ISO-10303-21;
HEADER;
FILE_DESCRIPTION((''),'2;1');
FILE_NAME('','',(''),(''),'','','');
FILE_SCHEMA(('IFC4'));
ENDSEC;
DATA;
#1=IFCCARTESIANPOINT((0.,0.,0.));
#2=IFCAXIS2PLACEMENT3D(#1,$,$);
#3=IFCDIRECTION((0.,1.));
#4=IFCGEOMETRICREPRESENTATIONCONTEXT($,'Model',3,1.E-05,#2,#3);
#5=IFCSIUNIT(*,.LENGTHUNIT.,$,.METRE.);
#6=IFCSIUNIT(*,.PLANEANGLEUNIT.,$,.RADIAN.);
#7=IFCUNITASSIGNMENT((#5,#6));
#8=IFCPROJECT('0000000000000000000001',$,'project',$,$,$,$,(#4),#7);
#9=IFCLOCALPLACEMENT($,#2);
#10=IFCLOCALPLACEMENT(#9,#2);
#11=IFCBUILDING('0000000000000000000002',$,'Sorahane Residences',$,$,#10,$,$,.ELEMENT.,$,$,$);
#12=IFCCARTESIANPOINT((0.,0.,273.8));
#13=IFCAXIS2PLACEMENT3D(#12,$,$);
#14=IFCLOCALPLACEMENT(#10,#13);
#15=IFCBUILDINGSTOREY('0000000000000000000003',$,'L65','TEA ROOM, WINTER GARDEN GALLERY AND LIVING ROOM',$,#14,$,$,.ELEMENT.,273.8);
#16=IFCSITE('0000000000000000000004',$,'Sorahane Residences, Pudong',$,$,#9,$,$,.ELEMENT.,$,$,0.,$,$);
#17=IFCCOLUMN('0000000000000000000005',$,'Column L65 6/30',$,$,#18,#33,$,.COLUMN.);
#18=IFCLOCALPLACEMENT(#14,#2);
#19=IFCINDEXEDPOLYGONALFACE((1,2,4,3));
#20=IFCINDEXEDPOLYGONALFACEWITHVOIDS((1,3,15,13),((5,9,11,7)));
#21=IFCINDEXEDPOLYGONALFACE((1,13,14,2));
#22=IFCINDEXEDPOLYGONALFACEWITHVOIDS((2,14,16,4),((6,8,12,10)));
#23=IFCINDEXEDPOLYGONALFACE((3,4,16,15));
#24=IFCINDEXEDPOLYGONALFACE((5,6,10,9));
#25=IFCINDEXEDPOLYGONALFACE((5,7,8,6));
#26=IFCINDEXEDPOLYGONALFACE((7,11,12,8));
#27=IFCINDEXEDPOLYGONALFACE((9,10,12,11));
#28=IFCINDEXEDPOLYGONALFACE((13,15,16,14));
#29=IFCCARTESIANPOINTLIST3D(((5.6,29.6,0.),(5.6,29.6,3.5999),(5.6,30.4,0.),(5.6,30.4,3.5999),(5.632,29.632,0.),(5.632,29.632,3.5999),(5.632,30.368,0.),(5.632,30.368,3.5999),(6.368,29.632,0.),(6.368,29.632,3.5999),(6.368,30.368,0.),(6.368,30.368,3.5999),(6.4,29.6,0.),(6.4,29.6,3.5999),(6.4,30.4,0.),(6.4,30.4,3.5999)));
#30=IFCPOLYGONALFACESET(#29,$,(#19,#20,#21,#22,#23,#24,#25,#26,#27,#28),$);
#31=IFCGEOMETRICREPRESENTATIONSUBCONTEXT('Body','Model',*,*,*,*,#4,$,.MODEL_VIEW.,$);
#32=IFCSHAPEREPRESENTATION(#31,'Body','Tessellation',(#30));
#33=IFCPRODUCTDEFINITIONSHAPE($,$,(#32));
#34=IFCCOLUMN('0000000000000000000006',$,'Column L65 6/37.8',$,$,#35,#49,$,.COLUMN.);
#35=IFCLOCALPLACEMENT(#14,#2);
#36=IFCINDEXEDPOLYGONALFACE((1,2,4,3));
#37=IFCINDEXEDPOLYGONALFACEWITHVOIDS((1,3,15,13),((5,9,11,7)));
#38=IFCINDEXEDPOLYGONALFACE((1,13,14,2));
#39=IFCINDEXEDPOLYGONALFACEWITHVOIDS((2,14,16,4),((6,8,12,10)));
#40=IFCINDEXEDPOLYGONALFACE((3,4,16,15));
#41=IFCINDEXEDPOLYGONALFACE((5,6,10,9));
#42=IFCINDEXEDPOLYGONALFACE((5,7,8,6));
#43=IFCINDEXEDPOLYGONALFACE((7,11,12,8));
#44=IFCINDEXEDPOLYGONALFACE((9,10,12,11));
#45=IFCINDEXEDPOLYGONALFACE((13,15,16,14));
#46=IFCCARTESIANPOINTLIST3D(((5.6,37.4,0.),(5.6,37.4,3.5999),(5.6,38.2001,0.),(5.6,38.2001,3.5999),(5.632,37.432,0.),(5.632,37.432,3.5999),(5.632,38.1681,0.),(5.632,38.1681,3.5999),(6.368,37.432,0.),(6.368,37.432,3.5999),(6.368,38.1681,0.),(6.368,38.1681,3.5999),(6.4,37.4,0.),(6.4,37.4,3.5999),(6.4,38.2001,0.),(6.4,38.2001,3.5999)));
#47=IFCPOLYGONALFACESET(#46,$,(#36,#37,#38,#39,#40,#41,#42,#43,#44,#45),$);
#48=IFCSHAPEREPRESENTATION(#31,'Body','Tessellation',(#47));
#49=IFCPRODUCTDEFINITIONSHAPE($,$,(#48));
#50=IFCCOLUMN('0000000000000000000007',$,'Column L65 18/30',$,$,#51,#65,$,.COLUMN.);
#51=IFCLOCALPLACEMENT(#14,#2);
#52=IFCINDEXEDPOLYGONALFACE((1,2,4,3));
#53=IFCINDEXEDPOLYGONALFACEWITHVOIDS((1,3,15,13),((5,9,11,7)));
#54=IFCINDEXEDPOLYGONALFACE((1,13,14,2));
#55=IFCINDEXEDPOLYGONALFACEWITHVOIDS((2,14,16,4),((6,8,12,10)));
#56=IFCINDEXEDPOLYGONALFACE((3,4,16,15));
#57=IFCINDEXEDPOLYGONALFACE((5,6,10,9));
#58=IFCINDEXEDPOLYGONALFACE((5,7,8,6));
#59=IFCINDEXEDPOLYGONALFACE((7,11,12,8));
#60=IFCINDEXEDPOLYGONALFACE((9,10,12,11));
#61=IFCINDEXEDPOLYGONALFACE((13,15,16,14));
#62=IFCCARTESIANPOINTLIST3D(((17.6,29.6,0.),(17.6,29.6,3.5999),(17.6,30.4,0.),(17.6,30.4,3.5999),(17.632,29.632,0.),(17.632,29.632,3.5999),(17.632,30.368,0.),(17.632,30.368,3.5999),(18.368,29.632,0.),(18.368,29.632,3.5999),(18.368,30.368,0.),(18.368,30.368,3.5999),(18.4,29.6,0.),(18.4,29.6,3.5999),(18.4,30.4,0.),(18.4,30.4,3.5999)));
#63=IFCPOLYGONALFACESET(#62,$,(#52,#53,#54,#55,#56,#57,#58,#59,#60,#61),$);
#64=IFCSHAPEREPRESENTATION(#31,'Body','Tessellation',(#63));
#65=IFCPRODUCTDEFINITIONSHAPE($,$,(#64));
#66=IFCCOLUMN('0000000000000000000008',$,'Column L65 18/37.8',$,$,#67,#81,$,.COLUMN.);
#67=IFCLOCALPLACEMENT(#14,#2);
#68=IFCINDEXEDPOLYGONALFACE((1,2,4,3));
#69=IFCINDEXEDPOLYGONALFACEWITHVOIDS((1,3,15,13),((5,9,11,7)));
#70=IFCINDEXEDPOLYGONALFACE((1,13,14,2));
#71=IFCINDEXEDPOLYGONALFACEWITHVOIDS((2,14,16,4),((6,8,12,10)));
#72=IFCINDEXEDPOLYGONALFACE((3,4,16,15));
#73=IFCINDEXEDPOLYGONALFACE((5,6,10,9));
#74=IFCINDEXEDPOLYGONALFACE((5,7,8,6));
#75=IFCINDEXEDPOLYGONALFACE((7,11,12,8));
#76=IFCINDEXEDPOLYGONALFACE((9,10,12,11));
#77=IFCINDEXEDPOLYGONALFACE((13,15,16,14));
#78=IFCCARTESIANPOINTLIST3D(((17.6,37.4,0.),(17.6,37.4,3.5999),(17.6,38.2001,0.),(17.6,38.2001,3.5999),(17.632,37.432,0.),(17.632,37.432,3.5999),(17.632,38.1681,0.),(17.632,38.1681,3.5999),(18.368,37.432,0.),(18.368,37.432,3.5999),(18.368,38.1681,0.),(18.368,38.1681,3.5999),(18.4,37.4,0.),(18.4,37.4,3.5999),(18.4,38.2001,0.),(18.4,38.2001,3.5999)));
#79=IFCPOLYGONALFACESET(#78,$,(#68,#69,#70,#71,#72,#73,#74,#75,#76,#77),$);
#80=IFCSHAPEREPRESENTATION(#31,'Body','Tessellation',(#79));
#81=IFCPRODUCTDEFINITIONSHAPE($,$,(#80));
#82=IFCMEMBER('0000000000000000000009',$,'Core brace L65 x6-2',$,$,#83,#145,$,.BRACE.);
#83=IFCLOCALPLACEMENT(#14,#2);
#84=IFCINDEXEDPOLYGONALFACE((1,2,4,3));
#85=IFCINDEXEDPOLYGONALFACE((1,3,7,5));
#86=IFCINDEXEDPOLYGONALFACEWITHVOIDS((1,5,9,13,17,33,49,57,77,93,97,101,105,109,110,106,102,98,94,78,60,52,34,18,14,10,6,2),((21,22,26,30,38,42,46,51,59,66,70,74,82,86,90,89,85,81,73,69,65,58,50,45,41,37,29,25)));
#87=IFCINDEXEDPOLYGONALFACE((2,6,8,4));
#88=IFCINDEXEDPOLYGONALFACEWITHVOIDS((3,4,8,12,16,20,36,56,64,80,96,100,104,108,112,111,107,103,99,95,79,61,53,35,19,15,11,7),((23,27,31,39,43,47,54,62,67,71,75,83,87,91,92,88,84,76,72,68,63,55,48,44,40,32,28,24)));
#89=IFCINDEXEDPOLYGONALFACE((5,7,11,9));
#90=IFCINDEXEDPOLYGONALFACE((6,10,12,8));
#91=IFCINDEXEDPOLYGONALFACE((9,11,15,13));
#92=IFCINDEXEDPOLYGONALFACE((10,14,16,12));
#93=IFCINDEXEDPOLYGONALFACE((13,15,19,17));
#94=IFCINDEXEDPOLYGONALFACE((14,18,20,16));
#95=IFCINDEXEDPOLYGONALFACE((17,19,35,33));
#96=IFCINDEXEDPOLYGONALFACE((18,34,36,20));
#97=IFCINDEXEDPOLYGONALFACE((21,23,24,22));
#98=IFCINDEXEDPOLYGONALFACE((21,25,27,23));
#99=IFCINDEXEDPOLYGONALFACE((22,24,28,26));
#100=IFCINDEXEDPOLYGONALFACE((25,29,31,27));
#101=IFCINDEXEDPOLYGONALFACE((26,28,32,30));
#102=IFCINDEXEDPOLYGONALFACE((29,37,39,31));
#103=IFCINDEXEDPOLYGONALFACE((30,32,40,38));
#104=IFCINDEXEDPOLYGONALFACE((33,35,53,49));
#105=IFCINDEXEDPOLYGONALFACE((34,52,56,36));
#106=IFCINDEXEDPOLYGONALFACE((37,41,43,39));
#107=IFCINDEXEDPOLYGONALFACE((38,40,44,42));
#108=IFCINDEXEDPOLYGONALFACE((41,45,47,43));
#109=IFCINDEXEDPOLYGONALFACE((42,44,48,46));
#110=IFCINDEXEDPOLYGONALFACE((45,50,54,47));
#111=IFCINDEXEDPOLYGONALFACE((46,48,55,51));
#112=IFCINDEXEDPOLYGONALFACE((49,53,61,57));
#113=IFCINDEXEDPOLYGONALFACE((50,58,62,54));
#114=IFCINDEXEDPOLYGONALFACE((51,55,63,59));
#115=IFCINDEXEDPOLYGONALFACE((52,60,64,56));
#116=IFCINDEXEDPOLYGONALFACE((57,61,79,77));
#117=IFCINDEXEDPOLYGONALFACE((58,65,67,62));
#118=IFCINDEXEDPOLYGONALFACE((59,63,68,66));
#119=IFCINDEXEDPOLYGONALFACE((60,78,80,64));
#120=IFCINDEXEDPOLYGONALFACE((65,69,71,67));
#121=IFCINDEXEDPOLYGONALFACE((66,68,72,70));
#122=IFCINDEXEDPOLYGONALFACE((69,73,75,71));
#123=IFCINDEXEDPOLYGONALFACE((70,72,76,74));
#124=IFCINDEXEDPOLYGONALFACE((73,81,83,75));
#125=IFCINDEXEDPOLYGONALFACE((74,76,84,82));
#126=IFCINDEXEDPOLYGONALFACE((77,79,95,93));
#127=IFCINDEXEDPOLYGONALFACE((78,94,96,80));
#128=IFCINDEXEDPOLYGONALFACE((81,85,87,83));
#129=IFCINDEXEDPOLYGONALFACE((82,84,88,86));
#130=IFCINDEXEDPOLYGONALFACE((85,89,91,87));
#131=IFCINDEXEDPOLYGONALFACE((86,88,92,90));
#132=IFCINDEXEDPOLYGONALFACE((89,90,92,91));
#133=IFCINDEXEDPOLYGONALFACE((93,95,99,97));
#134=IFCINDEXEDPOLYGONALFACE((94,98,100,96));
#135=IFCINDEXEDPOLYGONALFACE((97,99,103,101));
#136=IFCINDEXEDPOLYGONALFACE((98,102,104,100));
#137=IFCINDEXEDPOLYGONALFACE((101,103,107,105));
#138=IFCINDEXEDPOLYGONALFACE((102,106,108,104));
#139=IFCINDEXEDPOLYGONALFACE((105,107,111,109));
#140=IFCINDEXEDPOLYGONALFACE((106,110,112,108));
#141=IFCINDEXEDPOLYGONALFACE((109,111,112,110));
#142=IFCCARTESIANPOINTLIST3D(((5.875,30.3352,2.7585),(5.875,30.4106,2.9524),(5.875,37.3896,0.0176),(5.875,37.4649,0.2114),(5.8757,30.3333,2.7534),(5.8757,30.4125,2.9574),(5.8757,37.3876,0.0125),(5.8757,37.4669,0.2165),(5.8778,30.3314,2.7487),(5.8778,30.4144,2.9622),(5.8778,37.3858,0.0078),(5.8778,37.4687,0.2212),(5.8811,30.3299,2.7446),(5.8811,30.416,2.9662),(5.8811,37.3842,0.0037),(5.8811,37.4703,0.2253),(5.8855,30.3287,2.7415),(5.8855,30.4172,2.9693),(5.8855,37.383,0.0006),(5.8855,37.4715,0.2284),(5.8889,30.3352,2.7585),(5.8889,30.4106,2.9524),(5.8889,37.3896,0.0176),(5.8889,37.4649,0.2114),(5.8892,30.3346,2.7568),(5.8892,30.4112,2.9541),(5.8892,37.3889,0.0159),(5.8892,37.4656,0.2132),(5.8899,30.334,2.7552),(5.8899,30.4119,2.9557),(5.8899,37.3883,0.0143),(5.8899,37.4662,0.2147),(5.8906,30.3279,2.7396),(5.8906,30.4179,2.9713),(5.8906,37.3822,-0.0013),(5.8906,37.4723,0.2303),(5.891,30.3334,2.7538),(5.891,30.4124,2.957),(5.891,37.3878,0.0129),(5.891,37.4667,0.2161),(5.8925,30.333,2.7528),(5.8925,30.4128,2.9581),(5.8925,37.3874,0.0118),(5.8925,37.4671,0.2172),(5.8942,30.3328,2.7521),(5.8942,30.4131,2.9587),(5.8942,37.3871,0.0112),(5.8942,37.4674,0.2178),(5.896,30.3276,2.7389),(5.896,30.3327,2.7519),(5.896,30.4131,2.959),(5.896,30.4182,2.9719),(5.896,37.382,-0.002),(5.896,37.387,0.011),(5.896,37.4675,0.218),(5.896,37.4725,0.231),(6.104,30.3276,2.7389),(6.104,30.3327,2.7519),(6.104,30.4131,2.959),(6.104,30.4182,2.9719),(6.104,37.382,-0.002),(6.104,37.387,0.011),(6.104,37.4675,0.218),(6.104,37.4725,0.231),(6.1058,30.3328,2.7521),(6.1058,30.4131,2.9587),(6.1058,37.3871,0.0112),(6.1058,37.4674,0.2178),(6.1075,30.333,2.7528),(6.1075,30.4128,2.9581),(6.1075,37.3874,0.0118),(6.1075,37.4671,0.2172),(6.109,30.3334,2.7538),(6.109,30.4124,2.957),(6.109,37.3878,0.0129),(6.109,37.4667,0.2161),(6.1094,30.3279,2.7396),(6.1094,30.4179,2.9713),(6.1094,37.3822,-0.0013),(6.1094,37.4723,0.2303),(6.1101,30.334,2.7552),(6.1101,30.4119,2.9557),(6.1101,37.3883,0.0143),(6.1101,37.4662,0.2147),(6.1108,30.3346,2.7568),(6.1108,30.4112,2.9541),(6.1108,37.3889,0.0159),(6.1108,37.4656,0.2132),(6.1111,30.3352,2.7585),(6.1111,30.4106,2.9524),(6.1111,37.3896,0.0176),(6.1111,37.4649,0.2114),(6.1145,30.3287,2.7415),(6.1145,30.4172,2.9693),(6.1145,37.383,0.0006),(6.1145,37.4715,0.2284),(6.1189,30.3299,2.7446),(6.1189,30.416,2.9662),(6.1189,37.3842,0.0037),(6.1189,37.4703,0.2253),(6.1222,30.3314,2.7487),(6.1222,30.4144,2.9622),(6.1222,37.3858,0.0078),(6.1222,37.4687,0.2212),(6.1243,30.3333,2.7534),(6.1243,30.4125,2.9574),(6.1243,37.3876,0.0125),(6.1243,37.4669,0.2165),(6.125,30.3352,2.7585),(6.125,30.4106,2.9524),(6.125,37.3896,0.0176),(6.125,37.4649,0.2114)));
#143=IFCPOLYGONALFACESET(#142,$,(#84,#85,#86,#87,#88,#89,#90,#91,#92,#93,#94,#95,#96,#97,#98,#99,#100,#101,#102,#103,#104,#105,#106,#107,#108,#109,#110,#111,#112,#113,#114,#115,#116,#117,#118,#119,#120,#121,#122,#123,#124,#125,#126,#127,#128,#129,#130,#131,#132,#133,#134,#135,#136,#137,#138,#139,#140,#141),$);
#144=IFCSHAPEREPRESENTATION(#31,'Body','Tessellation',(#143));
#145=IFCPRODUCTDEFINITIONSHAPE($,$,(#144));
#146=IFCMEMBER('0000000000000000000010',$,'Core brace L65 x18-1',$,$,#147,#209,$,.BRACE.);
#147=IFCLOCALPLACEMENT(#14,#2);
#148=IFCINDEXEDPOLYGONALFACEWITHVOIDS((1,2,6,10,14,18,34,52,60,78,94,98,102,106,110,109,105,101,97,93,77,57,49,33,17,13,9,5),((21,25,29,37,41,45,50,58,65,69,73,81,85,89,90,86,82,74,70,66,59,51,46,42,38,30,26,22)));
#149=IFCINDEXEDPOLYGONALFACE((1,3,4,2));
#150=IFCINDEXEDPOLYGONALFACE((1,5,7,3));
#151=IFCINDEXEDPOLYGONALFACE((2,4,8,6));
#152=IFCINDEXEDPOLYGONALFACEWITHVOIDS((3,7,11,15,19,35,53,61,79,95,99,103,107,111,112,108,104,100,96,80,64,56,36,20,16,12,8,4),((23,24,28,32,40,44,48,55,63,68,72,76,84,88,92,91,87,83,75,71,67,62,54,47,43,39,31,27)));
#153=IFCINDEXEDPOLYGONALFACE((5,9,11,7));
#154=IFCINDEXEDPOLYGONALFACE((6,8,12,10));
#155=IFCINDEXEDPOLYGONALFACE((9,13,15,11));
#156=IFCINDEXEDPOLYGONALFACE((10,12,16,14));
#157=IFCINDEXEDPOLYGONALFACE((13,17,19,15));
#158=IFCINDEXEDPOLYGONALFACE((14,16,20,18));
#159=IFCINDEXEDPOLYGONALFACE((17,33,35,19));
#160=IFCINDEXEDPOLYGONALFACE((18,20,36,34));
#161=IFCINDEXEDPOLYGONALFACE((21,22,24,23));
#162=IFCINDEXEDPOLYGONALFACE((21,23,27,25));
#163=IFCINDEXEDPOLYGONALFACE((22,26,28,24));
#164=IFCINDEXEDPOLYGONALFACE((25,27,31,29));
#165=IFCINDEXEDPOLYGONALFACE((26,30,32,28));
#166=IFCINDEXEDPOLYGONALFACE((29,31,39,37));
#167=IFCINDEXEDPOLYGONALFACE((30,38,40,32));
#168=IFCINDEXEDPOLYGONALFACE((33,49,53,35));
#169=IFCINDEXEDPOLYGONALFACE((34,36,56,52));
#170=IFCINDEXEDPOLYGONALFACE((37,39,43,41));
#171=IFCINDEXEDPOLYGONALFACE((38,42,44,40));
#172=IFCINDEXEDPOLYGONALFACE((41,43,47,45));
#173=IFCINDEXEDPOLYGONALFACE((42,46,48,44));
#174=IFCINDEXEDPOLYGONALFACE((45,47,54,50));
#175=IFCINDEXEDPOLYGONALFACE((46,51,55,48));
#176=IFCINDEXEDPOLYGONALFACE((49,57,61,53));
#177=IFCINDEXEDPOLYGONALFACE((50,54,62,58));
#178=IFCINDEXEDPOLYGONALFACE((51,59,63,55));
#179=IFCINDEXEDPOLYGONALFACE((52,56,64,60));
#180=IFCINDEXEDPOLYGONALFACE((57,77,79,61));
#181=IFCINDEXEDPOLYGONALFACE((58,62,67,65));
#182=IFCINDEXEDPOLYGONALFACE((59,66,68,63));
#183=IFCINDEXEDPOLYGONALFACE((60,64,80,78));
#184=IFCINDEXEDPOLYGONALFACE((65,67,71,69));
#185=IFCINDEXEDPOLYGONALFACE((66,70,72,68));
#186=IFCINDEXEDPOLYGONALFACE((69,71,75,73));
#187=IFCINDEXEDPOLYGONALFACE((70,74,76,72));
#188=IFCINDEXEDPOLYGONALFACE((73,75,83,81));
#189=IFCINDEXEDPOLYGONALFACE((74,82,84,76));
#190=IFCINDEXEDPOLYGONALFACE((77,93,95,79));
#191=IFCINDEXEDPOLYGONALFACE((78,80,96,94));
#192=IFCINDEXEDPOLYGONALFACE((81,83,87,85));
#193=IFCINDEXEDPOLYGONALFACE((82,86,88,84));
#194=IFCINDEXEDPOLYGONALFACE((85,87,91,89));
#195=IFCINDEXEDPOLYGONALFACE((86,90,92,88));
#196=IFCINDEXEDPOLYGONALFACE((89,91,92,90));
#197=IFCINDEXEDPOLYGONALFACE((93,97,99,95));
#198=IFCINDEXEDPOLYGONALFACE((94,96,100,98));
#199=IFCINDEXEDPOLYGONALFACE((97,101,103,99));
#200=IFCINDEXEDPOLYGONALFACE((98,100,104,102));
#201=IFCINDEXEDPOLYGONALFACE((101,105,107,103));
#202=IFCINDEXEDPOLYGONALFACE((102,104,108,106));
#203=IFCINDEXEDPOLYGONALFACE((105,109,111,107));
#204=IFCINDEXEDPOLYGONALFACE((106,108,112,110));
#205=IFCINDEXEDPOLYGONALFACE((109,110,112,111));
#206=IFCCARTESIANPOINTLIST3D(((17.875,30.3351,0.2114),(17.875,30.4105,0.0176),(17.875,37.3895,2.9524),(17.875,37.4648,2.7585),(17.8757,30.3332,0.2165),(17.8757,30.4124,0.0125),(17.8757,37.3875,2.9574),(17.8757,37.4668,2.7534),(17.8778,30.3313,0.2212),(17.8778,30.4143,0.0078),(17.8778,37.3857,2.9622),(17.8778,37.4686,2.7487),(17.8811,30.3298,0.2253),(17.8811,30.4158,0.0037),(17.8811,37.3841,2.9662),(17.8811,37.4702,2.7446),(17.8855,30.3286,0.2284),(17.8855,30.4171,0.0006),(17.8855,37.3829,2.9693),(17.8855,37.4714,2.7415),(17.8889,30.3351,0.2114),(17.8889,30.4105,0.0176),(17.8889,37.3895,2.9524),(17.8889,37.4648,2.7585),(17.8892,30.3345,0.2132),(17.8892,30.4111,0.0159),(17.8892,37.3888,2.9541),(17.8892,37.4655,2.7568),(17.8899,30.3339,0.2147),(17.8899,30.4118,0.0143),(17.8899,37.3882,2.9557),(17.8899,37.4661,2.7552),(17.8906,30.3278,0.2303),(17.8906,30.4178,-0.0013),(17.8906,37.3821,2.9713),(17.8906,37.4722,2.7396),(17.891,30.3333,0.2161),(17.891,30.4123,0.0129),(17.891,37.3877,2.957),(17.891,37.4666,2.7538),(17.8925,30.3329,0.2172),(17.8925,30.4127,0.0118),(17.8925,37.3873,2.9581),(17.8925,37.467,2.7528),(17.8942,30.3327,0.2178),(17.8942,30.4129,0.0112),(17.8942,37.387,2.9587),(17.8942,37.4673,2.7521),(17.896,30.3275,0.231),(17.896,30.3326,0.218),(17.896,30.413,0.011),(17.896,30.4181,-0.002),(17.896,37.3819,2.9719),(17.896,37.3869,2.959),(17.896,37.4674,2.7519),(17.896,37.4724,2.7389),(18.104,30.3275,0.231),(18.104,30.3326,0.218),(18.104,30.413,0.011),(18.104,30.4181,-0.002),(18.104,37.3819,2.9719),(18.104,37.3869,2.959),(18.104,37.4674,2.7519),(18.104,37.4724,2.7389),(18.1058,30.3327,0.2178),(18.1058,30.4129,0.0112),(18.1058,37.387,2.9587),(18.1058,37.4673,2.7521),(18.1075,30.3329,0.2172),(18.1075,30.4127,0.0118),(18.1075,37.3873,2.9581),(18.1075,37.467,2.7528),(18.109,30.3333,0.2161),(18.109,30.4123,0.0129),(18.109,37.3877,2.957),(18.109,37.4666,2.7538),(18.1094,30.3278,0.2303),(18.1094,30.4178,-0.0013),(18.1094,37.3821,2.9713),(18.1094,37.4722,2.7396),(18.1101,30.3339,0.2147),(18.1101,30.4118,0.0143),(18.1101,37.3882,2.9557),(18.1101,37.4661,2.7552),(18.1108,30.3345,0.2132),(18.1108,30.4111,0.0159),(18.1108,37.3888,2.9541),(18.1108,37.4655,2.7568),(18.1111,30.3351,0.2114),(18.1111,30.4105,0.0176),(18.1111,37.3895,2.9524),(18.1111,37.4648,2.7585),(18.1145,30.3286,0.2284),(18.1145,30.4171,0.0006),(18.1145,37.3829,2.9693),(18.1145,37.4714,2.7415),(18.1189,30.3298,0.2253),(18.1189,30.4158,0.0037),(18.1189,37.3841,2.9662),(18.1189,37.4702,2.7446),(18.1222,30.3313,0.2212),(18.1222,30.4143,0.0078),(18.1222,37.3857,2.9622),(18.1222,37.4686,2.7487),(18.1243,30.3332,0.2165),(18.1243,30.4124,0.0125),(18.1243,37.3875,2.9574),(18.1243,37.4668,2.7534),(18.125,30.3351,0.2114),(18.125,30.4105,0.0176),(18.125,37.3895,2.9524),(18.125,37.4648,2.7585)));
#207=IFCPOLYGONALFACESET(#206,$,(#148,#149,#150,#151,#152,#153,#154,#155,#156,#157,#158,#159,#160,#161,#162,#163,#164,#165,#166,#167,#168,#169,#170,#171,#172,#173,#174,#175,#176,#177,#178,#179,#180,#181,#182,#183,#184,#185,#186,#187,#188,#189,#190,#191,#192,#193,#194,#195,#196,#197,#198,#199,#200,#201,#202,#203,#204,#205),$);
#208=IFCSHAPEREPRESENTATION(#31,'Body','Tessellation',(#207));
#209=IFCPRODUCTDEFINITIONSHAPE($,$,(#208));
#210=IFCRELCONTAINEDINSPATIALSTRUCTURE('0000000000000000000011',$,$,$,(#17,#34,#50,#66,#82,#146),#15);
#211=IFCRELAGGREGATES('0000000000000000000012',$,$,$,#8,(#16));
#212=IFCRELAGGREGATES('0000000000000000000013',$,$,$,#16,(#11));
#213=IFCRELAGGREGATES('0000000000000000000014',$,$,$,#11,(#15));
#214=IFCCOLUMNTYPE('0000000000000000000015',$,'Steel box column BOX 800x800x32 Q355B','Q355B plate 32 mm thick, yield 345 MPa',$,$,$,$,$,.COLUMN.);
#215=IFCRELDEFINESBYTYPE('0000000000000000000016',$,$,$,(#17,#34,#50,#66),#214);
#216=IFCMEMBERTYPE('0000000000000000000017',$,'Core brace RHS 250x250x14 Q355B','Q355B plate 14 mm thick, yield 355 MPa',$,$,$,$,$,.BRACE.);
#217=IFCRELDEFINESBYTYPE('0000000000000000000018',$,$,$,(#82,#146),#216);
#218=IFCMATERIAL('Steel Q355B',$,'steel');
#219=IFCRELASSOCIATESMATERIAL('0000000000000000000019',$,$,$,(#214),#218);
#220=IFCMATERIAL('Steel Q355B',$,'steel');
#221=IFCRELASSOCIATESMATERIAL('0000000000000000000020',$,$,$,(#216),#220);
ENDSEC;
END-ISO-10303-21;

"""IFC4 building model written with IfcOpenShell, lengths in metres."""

from ifc_helpers import new_model, si_unit, direction, frame, origin, origin_2d, place, context, subcontext, project, spatial, hollow_rectangle, extrude, material, material_profile, profile_set, type_object, element, save


model = new_model("IFC4")

# Units and contexts
model_context = context("Model", 3, precision=1e-05, world=origin(), true_north=direction((0.0, 1.0)))
body_context = subcontext(model_context, "Body", "Model", "MODEL_VIEW")
ifc_project = project(units=[si_unit("LENGTHUNIT", "METRE"), si_unit("PLANEANGLEUNIT", "RADIAN")], contexts=[model_context])

# Site, building, storey
site_placement = place(None, origin())
site = spatial("IfcSite", under=ifc_project, at=site_placement, Name="Sorahane Residences, Pudong", CompositionType="ELEMENT", RefElevation=0.0)
building_placement = place(site_placement, origin())
building = spatial("IfcBuilding", under=site, at=building_placement, Name="Sorahane Residences", CompositionType="ELEMENT")
storey_placement = place(building_placement, frame((0.0, 0.0, 273.8)))
storey = spatial("IfcBuildingStorey", under=building, at=storey_placement, Name="L65", Description="TEA ROOM, WINTER GARDEN GALLERY AND LIVING ROOM", CompositionType="ELEMENT", Elevation=273.8)

# Columns
ifc_material_1 = material(Name="Steel Q355B", Category="steel")
ifc_material_profile_1 = material_profile(ifc_material_1, hollow_rectangle(XDim=0.8, YDim=0.8, WallThickness=0.032, at=origin_2d()), Name="BOX 800x800x32")
ifc_profile_set_1 = profile_set([ifc_material_profile_1], Name="Steel Q355B")
column_type = type_object("IfcColumnType", Name="Steel box column BOX 800x800x32 Q355B", Description="Q355B plate 32 mm thick, yield 345 MPa", PredefinedType="COLUMN", material=ifc_profile_set_1)
for number, where, z_axis, x_axis, name in (
    (1, (6.0, 30.0, 0.0), (0.0, 0.0, 1.0), (1.0, 0.0, 0.0), "Column L65 6/30"),
    (2, (6.0, 37.8, 0.0), (0.0, 0.0, 1.0), (1.0, 0.0, 0.0), "Column L65 6/37.8"),
    (3, (18.0, 30.0, 0.0), (0.0, 0.0, 1.0), (1.0, 0.0, 0.0), "Column L65 18/30"),
    (4, (18.0, 37.8, 0.0), (0.0, 0.0, 1.0), (1.0, 0.0, 0.0), "Column L65 18/37.8"),
):
    element("IfcColumn", number, at=place(storey_placement, frame(where, z_axis=z_axis, x_axis=x_axis)), inside=storey, type_object=column_type, Name=name, PredefinedType="COLUMN", context=body_context, shape_type="SweptSolid", body=[
        extrude(hollow_rectangle(XDim=0.8, YDim=0.8, WallThickness=0.032, at=origin_2d()), origin(), (0.0, 0.0, 1.0), 3.5999),
    ])

# Members
ifc_material_2 = material(Name="Steel Q355B", Category="steel")
ifc_material_profile_2 = material_profile(ifc_material_2, hollow_rectangle(XDim=0.25, YDim=0.25, WallThickness=0.0139, InnerFilletRadius=0.0071, OuterFilletRadius=0.021, at=origin_2d()), Name="RHS 250x250x14")
ifc_profile_set_2 = profile_set([ifc_material_profile_2], Name="Steel Q355B")
member_type = type_object("IfcMemberType", Name="Core brace RHS 250x250x14 Q355B", Description="Q355B plate 14 mm thick, yield 355 MPa", PredefinedType="BRACE", material=ifc_profile_set_2)
for number, where, z_axis, x_axis, name in (
    (5, (6.0, 37.4272, 0.1145), (0.0, -0.932113, 0.362168), (1.0, 0.0, 0.0), "Core brace L65 x6-2"),
    (6, (18.0, 30.3728, 0.1145), (0.0, 0.932113, 0.362168), (-1.0, 0.0, 0.0), "Core brace L65 x18-1"),
):
    element("IfcMember", number, at=place(storey_placement, frame(where, z_axis=z_axis, x_axis=x_axis)), inside=storey, type_object=member_type, Name=name, PredefinedType="BRACE", context=body_context, shape_type="SweptSolid", body=[
        extrude(hollow_rectangle(XDim=0.25, YDim=0.25, WallThickness=0.0139, InnerFilletRadius=0.0071, OuterFilletRadius=0.021, at=origin_2d()), origin(), (0.0, 0.0, 1.0), 7.5681),
    ])

save(model, "model.ifc")
